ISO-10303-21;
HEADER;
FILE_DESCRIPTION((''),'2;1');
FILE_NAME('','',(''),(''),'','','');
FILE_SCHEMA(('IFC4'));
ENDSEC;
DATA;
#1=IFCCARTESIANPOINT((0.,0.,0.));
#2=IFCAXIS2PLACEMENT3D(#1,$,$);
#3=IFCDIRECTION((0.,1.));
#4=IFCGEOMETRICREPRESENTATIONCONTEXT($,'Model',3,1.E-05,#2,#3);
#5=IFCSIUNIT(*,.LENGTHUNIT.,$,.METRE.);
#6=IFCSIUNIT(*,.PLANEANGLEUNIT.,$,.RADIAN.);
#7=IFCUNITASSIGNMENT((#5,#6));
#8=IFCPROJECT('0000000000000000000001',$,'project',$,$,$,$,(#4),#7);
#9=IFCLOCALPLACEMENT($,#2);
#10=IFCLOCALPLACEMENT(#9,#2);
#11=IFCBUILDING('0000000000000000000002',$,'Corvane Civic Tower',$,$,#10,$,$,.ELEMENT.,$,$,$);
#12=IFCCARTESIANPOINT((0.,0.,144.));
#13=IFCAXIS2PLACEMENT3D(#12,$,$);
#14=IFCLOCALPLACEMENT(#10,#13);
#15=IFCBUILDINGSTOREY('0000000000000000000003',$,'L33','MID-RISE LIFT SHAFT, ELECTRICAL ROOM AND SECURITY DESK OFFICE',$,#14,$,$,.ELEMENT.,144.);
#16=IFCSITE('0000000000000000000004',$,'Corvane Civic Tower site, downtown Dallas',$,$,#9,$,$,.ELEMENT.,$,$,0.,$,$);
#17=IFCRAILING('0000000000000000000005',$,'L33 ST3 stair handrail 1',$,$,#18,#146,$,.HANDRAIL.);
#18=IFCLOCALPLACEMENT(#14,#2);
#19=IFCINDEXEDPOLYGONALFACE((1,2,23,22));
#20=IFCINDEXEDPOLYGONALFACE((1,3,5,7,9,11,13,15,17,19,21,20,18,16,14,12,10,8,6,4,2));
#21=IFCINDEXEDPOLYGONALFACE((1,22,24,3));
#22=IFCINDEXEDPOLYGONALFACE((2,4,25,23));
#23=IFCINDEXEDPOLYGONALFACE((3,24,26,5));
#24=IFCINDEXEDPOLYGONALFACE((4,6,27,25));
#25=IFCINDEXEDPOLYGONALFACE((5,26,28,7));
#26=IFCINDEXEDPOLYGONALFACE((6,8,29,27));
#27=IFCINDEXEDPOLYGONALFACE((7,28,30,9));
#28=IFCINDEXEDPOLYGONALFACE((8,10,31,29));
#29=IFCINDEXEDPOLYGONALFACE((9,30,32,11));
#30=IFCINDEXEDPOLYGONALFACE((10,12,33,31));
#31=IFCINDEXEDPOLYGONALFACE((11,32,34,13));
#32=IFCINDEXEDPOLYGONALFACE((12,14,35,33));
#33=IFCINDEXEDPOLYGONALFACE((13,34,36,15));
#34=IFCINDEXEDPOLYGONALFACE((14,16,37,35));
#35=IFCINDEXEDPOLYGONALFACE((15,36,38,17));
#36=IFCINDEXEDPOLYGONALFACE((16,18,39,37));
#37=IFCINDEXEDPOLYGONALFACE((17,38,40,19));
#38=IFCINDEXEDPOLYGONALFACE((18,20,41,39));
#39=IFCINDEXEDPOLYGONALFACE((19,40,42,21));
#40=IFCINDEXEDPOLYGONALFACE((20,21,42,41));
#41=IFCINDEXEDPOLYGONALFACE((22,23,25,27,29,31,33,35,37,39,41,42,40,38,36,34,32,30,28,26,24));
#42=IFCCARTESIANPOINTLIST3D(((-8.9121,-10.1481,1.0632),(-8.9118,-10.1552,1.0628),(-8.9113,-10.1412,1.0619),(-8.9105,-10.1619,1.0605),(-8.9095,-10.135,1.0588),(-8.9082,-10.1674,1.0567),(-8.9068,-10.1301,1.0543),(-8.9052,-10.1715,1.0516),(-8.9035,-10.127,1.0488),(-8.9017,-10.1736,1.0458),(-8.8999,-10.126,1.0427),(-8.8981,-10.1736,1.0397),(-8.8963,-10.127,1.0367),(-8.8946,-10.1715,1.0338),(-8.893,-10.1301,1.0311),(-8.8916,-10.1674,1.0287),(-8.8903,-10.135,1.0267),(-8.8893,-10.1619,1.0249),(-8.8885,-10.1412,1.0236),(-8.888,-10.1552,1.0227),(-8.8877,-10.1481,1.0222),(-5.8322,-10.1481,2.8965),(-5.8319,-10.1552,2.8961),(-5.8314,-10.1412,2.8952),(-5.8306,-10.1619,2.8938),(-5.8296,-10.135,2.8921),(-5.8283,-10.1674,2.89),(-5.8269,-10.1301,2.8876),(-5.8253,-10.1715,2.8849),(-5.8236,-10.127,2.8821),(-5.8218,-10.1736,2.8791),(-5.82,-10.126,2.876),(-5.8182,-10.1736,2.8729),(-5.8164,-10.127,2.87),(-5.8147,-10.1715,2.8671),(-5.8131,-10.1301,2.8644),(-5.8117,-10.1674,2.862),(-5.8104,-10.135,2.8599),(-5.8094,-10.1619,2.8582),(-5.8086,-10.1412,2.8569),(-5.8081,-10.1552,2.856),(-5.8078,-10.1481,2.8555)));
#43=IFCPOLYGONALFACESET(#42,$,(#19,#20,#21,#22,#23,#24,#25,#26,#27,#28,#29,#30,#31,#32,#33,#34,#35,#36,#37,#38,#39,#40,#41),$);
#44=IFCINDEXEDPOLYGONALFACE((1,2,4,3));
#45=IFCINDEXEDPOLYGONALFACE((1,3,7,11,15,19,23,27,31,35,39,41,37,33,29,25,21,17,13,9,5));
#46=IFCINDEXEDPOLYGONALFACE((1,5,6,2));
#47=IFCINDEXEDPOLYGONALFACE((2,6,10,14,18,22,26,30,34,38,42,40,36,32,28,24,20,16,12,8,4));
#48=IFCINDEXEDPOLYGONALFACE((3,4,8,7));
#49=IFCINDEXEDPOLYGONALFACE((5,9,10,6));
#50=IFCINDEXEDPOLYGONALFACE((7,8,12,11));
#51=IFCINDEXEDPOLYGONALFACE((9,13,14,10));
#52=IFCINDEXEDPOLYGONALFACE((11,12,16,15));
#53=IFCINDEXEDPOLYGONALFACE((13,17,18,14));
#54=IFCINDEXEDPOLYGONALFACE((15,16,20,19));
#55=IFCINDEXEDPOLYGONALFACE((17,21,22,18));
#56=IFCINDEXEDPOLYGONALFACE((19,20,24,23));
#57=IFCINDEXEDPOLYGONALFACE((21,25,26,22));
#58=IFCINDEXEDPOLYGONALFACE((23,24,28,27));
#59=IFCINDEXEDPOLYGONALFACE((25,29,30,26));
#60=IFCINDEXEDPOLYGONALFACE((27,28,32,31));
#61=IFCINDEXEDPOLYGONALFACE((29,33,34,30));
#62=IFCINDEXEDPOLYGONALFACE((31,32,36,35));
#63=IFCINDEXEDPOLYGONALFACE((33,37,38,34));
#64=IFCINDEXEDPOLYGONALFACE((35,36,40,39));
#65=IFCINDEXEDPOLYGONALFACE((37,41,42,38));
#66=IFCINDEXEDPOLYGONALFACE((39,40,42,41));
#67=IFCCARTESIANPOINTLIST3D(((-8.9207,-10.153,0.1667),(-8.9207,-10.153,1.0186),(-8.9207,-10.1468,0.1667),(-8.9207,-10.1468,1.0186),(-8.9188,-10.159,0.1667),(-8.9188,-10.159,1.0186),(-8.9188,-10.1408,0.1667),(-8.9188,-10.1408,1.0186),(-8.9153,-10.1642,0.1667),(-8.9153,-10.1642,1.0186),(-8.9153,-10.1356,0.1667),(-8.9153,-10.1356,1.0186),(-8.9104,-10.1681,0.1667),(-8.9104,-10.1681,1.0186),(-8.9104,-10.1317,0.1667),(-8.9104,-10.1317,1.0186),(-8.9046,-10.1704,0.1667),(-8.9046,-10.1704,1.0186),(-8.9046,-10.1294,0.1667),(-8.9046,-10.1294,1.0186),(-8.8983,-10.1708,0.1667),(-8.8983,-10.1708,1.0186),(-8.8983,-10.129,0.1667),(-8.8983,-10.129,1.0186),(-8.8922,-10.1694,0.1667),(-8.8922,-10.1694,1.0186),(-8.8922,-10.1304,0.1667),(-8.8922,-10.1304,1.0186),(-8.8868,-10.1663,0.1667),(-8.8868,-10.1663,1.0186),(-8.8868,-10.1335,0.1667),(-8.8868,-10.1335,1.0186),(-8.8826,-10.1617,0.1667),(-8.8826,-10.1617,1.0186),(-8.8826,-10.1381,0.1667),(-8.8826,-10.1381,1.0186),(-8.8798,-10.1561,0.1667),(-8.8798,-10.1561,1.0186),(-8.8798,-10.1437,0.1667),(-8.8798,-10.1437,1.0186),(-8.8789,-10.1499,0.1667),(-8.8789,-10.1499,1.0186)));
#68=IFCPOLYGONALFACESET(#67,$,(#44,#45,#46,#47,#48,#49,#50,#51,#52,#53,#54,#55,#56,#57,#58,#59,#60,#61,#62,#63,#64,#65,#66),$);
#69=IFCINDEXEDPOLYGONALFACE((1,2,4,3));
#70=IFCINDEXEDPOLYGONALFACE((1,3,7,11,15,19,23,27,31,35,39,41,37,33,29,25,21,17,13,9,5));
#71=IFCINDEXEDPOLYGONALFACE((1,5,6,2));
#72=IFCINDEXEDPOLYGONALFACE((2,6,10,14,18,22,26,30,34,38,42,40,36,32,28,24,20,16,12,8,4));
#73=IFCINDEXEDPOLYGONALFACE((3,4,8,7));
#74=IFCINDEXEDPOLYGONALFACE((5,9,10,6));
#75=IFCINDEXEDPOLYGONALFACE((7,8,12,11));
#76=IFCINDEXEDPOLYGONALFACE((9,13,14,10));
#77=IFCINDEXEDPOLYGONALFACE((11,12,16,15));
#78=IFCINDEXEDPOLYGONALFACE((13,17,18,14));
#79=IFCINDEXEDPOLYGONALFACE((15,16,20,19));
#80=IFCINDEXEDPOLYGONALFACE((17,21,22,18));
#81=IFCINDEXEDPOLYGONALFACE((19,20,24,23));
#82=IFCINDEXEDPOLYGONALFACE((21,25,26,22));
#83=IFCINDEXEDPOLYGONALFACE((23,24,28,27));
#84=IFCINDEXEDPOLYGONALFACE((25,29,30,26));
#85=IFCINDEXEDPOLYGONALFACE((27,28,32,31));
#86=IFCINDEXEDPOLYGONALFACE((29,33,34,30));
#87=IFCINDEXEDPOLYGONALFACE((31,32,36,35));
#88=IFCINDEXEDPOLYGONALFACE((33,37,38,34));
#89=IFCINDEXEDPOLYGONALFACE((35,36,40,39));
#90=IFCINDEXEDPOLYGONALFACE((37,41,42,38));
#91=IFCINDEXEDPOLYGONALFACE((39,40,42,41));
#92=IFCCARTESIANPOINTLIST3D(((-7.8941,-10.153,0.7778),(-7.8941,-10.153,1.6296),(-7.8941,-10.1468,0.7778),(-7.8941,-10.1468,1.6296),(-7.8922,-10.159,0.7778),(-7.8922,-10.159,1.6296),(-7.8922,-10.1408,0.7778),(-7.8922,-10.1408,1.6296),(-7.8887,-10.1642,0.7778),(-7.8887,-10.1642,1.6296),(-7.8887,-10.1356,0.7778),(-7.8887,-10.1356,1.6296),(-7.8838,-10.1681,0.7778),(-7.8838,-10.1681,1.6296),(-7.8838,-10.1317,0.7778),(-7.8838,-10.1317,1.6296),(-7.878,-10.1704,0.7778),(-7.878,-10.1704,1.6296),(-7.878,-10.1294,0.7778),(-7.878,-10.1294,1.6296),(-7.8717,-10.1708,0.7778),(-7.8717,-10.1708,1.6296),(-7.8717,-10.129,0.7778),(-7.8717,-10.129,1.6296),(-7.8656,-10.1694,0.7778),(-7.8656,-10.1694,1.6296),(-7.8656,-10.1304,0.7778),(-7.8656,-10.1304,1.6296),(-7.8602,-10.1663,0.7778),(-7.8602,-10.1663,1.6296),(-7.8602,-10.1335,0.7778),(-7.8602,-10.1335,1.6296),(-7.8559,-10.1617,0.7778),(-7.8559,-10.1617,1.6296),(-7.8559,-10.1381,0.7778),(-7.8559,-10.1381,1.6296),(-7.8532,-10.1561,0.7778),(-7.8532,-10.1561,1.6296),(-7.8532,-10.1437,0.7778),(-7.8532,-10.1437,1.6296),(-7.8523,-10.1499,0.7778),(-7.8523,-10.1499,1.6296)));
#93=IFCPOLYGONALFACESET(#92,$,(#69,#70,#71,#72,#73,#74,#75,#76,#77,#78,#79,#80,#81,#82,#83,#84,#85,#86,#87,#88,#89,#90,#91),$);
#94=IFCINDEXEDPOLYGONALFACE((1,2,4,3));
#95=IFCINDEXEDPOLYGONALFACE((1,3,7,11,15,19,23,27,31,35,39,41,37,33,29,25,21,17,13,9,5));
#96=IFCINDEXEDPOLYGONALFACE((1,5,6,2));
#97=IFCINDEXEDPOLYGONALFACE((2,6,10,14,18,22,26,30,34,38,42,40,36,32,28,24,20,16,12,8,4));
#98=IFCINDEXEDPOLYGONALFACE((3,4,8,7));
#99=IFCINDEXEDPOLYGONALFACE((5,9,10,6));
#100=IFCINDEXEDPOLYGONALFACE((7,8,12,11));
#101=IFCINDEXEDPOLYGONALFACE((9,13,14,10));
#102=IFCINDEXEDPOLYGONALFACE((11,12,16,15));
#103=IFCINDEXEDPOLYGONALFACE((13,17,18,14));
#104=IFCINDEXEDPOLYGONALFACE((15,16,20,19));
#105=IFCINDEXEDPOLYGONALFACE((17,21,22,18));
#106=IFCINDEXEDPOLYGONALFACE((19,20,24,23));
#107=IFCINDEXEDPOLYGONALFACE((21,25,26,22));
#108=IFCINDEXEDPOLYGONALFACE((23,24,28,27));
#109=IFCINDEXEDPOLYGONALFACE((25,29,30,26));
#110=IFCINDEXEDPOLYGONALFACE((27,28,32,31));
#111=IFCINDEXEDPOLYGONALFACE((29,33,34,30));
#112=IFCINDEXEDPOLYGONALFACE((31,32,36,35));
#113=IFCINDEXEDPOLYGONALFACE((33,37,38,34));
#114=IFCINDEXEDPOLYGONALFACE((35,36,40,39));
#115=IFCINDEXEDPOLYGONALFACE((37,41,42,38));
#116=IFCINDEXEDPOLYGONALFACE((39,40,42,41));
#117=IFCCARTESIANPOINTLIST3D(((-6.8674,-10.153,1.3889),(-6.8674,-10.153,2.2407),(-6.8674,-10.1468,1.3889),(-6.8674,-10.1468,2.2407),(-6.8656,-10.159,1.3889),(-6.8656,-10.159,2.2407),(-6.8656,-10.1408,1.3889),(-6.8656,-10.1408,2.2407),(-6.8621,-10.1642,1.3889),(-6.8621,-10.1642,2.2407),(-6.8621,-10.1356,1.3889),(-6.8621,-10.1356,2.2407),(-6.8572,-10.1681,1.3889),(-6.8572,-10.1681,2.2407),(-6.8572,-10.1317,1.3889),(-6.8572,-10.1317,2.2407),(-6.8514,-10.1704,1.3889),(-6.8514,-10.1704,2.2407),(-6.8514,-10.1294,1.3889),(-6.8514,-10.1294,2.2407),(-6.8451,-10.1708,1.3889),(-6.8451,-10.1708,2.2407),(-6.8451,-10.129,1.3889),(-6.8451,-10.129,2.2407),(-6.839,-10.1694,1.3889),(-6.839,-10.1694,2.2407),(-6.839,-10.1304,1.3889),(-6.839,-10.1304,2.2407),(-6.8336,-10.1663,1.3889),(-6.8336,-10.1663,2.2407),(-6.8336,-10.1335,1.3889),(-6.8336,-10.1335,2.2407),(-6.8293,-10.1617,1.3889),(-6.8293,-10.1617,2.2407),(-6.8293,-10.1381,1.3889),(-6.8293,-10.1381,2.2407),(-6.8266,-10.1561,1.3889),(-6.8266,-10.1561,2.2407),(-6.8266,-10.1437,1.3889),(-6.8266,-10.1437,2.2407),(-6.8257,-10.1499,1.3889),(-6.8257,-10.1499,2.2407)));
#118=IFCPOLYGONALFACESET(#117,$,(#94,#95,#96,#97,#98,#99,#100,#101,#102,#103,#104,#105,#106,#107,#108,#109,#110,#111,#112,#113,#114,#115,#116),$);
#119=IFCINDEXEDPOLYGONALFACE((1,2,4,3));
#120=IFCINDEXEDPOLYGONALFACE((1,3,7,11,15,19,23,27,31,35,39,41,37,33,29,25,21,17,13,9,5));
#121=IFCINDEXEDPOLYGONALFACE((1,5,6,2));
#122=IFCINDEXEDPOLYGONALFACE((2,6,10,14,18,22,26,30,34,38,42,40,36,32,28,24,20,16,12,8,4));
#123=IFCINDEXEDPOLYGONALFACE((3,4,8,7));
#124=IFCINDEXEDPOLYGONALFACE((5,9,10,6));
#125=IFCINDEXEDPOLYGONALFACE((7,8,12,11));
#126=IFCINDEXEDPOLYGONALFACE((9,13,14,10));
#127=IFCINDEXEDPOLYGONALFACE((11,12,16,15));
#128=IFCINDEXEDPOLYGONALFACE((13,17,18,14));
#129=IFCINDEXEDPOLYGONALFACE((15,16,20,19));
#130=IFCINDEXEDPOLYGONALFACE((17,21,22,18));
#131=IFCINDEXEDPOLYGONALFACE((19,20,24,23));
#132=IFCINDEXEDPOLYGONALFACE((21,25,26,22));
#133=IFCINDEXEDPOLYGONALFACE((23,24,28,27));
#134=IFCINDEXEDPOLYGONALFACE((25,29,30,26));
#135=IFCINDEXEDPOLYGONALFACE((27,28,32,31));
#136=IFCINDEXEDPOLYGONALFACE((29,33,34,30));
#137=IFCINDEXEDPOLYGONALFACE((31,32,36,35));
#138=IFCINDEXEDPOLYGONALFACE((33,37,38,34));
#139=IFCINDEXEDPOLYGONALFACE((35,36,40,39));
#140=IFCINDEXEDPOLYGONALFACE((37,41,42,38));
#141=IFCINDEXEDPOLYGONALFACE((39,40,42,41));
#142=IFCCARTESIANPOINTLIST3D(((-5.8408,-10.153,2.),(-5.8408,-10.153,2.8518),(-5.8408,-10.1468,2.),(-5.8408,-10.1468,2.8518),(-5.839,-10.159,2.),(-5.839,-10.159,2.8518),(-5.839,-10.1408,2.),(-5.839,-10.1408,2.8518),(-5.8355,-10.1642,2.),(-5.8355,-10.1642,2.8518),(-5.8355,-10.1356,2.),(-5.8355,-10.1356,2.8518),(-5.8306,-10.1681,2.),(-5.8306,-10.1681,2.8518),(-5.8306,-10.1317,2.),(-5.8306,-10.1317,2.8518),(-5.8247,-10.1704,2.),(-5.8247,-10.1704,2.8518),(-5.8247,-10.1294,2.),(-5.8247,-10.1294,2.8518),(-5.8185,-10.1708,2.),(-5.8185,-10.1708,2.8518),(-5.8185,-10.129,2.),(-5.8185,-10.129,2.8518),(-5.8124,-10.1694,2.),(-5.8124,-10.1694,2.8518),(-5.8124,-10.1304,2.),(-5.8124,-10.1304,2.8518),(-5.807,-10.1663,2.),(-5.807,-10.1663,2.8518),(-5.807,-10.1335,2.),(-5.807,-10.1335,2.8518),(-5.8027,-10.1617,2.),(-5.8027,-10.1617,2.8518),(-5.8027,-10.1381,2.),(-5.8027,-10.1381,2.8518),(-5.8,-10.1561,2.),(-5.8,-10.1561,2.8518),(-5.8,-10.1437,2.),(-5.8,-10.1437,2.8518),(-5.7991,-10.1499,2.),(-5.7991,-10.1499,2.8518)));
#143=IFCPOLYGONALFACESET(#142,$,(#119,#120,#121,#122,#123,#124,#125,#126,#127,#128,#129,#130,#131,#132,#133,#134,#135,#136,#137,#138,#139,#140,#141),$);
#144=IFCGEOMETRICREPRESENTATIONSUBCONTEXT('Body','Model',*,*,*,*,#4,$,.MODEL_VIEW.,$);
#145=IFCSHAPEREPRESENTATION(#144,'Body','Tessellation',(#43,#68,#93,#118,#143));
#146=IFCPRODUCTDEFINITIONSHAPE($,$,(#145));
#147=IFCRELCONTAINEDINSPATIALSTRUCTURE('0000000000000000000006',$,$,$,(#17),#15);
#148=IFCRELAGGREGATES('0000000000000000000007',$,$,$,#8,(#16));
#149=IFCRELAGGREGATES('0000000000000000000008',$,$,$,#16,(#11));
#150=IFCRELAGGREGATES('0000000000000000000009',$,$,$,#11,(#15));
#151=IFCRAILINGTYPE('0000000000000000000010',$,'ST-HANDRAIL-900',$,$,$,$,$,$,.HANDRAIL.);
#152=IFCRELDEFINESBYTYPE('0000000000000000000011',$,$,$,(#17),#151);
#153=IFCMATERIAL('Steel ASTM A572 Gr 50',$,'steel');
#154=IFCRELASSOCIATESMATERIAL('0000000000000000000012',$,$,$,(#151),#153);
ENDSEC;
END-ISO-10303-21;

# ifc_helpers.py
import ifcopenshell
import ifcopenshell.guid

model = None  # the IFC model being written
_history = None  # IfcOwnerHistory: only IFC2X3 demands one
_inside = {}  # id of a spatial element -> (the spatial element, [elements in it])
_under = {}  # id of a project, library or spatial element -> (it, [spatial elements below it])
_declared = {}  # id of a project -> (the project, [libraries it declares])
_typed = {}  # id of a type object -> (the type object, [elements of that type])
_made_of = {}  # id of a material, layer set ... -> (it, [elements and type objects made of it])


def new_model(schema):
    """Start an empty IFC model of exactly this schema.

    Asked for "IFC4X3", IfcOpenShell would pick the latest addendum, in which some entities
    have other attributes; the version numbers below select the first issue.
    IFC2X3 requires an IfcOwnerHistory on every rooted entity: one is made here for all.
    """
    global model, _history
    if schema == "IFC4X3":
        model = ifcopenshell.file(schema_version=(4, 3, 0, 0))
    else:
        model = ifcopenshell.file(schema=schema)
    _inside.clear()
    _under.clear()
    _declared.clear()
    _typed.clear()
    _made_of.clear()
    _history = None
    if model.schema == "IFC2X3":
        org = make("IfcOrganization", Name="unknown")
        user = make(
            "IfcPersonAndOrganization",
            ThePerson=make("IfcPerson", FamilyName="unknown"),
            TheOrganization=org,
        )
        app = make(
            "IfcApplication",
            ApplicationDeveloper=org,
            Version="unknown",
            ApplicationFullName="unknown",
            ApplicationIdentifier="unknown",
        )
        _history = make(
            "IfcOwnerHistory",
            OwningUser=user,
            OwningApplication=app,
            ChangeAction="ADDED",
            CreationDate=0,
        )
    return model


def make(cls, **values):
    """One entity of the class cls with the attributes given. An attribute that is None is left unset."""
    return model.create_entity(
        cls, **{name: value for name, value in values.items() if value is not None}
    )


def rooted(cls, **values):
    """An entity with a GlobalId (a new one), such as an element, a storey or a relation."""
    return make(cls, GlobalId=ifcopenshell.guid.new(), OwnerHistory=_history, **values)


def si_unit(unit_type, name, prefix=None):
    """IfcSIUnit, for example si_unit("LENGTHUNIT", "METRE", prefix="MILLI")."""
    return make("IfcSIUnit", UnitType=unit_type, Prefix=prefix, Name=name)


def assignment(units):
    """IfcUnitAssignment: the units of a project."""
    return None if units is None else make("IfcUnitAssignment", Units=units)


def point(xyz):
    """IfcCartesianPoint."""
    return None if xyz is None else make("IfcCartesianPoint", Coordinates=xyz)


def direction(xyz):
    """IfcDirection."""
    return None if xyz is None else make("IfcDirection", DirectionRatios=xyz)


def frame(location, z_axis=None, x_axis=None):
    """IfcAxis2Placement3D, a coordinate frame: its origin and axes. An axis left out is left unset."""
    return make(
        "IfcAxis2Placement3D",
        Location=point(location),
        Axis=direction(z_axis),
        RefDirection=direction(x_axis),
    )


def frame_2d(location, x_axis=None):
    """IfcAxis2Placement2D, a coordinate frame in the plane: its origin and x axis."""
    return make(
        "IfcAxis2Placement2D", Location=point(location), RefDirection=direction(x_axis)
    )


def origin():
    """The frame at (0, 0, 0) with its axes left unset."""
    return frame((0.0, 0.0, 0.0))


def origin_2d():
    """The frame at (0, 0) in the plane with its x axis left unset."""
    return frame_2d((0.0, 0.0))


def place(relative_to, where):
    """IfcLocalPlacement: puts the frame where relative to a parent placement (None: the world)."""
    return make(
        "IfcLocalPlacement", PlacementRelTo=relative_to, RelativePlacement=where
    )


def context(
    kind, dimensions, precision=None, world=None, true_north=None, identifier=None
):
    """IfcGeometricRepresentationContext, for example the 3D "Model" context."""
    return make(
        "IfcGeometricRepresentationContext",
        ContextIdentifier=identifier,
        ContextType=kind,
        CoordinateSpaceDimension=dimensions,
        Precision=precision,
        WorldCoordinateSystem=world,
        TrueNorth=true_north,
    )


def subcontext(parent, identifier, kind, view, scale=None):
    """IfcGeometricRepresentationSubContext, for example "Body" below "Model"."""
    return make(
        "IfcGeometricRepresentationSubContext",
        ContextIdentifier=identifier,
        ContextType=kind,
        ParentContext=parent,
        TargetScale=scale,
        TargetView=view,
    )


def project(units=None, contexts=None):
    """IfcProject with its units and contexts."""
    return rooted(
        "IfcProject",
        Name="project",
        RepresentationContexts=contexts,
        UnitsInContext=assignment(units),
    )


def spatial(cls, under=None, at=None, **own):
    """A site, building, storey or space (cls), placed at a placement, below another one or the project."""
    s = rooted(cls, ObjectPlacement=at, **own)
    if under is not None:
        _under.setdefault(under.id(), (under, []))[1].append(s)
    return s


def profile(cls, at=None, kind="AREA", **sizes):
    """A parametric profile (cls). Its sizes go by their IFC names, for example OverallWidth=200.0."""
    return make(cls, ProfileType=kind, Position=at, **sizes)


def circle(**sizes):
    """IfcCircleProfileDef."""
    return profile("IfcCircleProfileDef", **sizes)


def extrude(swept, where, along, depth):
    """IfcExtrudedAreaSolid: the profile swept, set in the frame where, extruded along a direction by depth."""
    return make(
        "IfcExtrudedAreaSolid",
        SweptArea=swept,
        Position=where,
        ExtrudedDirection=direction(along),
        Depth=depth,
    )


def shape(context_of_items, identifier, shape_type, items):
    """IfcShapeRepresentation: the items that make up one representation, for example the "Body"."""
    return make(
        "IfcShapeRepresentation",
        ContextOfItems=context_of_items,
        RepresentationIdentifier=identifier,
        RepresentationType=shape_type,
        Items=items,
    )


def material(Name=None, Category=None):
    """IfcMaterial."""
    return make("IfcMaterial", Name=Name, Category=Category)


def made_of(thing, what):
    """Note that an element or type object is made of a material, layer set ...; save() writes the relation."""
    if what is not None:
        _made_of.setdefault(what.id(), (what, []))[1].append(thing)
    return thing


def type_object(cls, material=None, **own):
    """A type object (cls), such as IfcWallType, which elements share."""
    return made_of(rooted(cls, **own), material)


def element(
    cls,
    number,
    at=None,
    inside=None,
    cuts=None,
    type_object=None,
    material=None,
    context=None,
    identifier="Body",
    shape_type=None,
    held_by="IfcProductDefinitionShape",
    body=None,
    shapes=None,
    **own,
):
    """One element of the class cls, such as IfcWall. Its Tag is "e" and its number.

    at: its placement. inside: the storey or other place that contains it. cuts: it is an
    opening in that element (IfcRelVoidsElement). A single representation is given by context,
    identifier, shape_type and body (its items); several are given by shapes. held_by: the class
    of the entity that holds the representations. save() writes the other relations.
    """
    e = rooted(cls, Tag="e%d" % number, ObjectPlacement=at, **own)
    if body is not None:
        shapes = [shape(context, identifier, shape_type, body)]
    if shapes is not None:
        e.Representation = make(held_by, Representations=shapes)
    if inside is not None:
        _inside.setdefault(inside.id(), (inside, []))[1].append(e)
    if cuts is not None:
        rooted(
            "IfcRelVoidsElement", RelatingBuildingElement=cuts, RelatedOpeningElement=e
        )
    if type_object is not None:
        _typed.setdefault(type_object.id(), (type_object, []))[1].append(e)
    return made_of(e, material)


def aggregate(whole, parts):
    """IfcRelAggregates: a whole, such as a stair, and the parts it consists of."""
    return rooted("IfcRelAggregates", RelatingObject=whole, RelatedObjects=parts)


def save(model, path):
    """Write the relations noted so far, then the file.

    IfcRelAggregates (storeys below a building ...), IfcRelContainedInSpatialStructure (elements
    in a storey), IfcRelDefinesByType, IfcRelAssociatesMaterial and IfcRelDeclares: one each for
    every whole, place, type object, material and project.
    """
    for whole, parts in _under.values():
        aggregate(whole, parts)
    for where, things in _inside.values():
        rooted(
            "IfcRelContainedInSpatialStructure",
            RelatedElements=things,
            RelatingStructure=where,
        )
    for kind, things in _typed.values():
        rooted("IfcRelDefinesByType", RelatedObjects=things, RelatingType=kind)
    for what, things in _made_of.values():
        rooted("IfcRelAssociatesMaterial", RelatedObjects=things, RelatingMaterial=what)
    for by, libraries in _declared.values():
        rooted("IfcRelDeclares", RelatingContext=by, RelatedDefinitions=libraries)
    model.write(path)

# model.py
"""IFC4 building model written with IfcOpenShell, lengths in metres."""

from ifc_helpers import new_model, si_unit, direction, frame, origin, origin_2d, place, context, subcontext, project, spatial, circle, extrude, material, type_object, element, save


model = new_model("IFC4")

# Units and contexts
model_context = context("Model", 3, precision=1e-05, world=origin(), true_north=direction((0.0, 1.0)))
body_context = subcontext(model_context, "Body", "Model", "MODEL_VIEW")
ifc_project = project(units=[si_unit("LENGTHUNIT", "METRE"), si_unit("PLANEANGLEUNIT", "RADIAN")], contexts=[model_context])

# Site, building, storey
site_placement = place(None, origin())
site = spatial("IfcSite", under=ifc_project, at=site_placement, Name="Corvane Civic Tower site, downtown Dallas", CompositionType="ELEMENT", RefElevation=0.0)
building_placement = place(site_placement, origin())
building = spatial("IfcBuilding", under=site, at=building_placement, Name="Corvane Civic Tower", CompositionType="ELEMENT")
storey_placement = place(building_placement, frame((0.0, 0.0, 144.0)))
storey = spatial("IfcBuildingStorey", under=building, at=storey_placement, Name="L33", Description="MID-RISE LIFT SHAFT, ELECTRICAL ROOM AND SECURITY DESK OFFICE", CompositionType="ELEMENT", Elevation=144.0)

# Railing
ifc_material_1 = material(Name="Steel ASTM A572 Gr 50", Category="steel")
railing_type = type_object("IfcRailingType", Name="ST-HANDRAIL-900", PredefinedType="HANDRAIL", material=ifc_material_1)
railing_1_placement = place(storey_placement, frame((-8.8999, -10.1499, 0.1667)))
element("IfcRailing", 1, at=railing_1_placement, inside=storey, type_object=railing_type, Name="L33 ST3 stair handrail 1", PredefinedType="HANDRAIL", context=body_context, shape_type="SweptSolid", body=[
    extrude(circle(Radius=0.0239, at=origin_2d()), frame((0.0, 0.0, 0.876), z_axis=(0.859291, 0.0, 0.511487), x_axis=(0.0, 1.0, 0.0)), (0.0, 0.0, 1.0), 3.5842),
    extrude(circle(Radius=0.021, at=origin_2d()), origin(), (0.0, 0.0, 1.0), 0.8518),
    extrude(circle(Radius=0.021, at=origin_2d()), frame((1.0266, 0.0, 0.6111)), (0.0, 0.0, 1.0), 0.8518),
    extrude(circle(Radius=0.021, at=origin_2d()), frame((2.0532, 0.0, 1.2222)), (0.0, 0.0, 1.0), 0.8518),
    extrude(circle(Radius=0.021, at=origin_2d()), frame((3.0798, 0.0, 1.8333)), (0.0, 0.0, 1.0), 0.8518),
])

save(model, "model.ifc")
